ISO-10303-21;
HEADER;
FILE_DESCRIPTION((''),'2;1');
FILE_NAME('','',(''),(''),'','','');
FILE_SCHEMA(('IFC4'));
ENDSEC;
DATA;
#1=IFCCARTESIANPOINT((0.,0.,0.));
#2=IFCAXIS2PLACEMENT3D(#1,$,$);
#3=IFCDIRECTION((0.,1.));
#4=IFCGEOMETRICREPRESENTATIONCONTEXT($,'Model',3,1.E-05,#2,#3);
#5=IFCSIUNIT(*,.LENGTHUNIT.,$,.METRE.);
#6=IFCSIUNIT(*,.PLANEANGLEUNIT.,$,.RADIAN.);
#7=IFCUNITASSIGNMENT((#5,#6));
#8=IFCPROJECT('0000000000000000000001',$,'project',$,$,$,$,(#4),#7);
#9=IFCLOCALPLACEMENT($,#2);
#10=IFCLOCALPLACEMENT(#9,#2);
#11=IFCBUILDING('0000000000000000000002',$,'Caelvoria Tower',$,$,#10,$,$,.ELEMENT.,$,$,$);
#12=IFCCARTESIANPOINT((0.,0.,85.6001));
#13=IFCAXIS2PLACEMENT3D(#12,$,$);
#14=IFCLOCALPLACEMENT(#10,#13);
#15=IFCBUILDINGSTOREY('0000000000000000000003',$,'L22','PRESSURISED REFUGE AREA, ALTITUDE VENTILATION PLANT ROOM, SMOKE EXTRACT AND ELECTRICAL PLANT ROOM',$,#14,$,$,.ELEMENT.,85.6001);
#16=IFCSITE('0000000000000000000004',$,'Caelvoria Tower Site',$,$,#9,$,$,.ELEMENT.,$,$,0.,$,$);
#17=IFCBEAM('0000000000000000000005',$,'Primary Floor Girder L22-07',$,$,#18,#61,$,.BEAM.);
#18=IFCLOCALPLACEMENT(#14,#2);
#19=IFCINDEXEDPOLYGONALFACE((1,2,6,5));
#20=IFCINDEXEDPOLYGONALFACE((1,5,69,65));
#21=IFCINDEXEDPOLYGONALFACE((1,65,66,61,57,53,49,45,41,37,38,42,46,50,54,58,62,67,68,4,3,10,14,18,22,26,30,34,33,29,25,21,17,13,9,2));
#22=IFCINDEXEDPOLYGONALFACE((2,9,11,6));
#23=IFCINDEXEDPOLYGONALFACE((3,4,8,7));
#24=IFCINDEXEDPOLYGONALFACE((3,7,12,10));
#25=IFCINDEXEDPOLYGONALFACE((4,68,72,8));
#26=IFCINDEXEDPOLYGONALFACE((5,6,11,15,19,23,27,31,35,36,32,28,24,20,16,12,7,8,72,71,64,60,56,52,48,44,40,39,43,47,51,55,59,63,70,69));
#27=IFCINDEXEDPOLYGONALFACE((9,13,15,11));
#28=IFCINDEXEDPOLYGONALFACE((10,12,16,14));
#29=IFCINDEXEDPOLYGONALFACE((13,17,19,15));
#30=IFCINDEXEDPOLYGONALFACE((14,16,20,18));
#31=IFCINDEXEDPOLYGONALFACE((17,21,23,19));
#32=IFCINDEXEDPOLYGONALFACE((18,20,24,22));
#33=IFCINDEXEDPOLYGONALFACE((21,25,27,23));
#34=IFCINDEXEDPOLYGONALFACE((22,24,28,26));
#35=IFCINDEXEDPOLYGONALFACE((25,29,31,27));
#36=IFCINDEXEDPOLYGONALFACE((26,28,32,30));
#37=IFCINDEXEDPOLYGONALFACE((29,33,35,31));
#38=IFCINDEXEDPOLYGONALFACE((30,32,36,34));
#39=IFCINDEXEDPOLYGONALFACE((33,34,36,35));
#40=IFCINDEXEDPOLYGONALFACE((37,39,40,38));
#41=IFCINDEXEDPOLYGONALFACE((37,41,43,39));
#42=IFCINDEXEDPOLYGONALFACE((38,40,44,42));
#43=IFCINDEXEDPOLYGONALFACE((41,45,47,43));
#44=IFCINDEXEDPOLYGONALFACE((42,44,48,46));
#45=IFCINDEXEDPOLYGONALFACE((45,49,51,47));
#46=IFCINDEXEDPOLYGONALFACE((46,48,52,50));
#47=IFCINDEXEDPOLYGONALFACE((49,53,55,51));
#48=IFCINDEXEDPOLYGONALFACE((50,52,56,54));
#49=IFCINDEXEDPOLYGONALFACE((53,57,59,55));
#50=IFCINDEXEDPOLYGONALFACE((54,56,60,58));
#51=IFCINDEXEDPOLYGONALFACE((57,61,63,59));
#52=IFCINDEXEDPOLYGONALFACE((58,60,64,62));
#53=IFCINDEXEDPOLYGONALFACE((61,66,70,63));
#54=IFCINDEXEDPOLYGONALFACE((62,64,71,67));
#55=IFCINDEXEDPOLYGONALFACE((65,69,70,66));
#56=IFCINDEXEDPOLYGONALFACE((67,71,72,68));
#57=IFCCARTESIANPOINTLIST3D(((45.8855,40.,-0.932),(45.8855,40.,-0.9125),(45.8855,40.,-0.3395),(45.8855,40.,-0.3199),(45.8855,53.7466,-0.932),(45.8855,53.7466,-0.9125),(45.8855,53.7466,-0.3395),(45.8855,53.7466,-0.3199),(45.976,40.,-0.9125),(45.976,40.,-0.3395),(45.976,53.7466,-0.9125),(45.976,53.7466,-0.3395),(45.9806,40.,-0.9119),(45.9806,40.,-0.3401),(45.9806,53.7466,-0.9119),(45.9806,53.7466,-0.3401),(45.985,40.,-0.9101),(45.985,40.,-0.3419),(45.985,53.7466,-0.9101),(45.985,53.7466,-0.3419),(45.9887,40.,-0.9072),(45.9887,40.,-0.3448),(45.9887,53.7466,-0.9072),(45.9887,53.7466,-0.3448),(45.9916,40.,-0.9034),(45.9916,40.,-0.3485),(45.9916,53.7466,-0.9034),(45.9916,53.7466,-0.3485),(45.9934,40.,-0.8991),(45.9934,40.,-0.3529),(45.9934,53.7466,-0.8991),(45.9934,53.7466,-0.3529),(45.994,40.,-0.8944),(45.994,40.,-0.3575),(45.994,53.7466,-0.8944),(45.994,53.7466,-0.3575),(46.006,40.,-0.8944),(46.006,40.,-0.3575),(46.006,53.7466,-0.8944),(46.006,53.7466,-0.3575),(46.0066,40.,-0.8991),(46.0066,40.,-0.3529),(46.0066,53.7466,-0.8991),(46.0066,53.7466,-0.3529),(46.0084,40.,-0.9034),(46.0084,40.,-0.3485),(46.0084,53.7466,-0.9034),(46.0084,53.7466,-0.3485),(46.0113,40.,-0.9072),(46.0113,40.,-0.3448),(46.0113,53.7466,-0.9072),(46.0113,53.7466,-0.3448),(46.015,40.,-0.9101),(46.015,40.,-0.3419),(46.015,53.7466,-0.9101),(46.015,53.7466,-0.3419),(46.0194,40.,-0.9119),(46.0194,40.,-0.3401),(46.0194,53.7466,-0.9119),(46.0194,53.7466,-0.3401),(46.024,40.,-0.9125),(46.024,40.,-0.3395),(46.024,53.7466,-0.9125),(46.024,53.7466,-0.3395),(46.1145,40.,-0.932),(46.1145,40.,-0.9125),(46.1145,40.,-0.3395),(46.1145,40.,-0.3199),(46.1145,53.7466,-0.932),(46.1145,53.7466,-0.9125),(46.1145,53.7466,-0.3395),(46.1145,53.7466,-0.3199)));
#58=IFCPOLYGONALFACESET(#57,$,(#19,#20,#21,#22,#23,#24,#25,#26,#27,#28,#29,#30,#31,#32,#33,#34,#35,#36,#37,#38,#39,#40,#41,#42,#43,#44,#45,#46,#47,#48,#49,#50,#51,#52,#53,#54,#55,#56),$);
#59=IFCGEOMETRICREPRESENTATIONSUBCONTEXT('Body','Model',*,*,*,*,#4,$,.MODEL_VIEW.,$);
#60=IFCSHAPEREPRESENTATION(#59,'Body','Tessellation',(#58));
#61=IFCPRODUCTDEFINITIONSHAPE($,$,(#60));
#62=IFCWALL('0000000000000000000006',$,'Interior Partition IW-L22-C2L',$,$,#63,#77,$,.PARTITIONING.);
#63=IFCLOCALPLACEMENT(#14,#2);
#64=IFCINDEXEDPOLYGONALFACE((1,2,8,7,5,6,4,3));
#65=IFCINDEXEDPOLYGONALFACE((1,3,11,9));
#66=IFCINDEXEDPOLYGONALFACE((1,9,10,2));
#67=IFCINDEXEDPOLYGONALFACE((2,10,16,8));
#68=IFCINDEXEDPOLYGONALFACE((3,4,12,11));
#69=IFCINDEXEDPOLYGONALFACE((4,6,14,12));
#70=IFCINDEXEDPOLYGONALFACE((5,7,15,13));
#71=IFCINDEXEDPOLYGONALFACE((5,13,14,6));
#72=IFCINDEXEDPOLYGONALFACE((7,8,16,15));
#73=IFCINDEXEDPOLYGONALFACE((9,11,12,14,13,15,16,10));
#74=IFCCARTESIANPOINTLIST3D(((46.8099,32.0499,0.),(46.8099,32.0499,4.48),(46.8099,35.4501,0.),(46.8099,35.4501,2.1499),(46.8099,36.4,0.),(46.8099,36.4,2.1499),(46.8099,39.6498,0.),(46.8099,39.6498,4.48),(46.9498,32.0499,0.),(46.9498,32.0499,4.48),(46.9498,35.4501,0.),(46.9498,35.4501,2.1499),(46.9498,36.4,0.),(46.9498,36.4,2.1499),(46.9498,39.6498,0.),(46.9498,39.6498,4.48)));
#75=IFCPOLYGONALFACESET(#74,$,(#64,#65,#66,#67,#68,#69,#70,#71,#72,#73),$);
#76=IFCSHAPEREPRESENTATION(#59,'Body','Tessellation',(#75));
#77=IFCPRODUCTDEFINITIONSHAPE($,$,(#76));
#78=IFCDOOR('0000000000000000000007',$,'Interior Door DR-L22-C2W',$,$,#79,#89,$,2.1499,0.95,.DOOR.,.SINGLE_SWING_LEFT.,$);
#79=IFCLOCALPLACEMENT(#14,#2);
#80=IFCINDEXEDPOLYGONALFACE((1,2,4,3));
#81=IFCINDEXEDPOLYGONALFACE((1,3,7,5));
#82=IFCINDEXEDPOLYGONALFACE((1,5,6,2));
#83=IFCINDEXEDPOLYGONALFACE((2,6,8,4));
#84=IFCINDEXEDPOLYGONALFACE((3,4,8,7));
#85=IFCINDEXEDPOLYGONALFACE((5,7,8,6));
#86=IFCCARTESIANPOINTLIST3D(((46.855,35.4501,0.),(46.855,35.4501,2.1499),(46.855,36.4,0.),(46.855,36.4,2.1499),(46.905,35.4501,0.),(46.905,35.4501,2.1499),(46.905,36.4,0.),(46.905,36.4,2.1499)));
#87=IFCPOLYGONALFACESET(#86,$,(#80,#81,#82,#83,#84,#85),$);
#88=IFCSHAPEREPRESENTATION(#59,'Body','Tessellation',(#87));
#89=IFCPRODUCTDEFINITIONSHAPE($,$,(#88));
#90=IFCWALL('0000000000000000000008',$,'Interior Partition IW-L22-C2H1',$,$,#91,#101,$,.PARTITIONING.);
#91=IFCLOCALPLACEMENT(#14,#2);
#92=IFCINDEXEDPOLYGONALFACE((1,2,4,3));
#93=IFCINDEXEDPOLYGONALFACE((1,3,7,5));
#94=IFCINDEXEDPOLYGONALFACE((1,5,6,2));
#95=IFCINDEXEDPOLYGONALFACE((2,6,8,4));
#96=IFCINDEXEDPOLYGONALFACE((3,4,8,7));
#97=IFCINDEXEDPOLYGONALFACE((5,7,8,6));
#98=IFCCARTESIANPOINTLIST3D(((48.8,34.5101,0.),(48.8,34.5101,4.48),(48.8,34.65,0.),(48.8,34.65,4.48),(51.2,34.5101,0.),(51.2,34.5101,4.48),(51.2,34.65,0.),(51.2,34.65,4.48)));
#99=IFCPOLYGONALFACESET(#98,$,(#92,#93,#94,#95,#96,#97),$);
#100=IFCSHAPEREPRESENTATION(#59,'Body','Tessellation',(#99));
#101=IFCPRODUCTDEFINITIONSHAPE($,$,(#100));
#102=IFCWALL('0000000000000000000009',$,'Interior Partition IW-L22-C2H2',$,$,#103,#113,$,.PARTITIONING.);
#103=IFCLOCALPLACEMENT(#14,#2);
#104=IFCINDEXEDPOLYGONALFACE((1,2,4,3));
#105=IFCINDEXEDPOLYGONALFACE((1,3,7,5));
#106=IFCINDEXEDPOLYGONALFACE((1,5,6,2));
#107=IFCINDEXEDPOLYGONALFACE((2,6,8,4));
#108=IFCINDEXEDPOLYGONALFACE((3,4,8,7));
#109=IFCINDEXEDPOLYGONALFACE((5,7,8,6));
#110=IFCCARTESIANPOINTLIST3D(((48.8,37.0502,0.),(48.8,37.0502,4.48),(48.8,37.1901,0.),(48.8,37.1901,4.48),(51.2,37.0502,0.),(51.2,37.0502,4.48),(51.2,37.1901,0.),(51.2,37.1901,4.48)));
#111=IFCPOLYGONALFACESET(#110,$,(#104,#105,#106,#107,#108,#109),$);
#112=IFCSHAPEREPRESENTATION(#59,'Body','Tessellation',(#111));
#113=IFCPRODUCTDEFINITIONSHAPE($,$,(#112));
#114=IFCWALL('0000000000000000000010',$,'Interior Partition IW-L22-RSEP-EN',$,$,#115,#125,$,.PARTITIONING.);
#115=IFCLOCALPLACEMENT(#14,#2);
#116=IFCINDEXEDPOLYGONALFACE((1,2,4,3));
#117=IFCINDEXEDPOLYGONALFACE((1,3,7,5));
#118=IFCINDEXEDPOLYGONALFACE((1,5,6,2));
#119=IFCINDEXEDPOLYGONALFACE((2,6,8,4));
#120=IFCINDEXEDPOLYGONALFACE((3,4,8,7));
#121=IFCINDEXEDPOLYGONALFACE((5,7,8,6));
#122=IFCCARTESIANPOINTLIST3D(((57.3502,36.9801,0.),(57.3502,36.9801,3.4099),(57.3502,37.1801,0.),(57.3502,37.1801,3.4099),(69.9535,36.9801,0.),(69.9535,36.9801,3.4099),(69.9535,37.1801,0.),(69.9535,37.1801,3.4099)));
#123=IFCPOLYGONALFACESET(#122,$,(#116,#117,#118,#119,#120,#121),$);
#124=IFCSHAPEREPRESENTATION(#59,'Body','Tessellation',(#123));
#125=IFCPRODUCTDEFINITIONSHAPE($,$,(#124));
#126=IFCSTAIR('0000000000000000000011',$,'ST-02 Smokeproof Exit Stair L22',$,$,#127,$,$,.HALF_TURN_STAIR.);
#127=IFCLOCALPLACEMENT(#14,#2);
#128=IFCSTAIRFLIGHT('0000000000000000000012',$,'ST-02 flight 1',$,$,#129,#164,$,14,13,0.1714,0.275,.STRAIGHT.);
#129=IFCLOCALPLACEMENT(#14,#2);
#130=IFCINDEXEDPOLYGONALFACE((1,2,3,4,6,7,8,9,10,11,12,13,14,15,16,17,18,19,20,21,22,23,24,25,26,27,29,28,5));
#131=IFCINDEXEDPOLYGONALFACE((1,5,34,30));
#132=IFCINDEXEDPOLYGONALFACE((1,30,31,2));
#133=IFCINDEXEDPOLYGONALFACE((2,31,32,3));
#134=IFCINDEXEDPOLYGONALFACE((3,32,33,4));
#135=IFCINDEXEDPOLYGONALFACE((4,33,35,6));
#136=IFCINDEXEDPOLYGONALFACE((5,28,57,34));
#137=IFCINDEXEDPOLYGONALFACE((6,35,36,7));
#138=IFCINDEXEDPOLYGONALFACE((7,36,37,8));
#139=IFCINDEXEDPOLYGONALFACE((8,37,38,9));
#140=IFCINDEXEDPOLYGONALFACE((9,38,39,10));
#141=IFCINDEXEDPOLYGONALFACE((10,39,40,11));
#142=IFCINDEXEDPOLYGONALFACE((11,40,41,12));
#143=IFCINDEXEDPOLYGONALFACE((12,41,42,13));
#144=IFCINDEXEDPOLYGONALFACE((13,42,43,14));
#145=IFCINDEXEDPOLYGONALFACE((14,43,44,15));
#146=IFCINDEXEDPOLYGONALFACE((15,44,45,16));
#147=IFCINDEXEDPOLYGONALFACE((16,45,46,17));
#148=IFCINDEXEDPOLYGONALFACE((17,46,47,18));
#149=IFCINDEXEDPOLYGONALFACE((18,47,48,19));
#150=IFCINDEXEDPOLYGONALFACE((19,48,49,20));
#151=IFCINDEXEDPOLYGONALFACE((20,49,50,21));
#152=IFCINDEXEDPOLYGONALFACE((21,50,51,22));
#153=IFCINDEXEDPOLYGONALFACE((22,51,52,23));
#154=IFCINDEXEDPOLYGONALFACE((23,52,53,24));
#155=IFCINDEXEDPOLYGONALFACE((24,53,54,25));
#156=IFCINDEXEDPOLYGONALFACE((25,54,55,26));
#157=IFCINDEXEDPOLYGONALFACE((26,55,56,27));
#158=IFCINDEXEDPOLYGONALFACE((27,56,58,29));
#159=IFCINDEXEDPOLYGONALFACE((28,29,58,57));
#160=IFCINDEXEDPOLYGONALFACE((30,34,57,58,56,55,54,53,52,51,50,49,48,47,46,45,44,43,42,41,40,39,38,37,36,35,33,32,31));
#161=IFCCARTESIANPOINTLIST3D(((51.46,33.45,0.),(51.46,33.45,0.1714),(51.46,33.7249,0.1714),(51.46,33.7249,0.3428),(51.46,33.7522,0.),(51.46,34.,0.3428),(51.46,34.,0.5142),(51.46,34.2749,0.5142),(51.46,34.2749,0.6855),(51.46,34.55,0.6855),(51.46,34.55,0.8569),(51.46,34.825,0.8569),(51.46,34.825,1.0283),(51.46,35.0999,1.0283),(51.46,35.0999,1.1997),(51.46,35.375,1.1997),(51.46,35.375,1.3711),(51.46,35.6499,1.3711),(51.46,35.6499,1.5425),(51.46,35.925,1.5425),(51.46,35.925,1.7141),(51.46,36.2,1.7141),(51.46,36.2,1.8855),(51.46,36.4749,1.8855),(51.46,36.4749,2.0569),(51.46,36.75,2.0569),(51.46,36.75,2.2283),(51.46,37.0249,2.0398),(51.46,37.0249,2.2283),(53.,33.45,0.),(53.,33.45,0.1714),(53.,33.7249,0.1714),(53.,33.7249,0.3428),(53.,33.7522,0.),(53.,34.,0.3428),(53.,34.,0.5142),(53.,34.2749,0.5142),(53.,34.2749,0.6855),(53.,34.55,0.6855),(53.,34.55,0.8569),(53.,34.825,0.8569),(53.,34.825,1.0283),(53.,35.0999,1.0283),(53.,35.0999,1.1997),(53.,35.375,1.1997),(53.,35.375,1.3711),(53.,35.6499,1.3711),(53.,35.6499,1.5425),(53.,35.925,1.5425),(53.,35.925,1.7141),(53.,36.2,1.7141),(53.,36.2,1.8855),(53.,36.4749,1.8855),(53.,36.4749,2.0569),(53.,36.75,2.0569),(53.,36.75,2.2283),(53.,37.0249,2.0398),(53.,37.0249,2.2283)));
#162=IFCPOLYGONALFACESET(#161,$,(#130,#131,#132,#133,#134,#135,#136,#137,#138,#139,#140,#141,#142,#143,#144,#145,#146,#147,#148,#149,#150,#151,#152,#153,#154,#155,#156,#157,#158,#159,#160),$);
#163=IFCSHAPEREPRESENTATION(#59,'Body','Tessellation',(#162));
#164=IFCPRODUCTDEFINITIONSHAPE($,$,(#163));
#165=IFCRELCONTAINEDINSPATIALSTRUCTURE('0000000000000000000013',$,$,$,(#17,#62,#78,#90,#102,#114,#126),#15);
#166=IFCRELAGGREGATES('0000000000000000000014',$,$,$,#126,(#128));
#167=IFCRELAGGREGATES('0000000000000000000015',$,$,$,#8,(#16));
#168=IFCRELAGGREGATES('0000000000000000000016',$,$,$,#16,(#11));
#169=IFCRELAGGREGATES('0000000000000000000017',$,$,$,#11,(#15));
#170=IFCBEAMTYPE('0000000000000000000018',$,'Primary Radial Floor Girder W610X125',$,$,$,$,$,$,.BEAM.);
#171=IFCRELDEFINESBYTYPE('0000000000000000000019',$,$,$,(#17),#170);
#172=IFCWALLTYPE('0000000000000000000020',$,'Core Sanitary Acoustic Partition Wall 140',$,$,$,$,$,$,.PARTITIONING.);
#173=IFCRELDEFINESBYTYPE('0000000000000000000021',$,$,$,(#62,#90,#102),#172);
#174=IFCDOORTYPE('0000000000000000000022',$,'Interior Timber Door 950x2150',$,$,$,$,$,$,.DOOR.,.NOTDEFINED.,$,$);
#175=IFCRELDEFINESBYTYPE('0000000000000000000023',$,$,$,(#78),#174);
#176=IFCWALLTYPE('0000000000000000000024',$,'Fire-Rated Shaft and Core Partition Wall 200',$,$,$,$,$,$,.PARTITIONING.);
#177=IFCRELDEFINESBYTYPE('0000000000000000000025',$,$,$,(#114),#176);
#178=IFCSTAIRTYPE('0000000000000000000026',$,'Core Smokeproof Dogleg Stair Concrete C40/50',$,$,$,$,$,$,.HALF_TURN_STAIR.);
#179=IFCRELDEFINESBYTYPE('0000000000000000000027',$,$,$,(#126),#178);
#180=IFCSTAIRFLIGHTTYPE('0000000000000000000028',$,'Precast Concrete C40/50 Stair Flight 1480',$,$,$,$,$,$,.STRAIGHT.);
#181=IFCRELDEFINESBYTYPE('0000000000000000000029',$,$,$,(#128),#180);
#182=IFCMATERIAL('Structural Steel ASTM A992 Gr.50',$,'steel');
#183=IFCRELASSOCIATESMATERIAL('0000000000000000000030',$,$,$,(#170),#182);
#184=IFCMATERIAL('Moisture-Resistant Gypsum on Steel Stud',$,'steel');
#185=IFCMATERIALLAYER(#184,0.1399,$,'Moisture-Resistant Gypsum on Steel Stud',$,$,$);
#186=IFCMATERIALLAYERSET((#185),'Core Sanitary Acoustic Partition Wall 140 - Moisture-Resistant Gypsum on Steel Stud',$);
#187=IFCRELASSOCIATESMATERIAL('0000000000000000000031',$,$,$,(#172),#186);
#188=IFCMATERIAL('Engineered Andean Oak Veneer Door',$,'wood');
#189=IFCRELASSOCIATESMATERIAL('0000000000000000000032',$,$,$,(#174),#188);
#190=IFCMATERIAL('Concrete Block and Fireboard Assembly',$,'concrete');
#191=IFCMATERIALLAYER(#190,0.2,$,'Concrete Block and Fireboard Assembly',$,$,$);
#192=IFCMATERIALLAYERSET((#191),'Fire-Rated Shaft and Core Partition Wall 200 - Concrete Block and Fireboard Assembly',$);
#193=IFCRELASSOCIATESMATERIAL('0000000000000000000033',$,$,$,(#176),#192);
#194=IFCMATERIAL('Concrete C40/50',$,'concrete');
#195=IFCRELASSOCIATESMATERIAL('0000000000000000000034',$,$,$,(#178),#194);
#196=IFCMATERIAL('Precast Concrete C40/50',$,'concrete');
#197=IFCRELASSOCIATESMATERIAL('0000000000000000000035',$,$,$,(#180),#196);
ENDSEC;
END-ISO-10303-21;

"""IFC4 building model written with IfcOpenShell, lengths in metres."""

from ifc_helpers import new_model, si_unit, direction, frame, frame_2d, origin, origin_2d, place, context, subcontext, project, spatial, polyline, rectangle, i_section, outline, extrude, material, layer, layer_set, material_profile, profile_set, type_object, element, fill, aggregate, save


model = new_model("IFC4")

# Units and contexts
model_context = context("Model", 3, precision=1e-05, world=origin(), true_north=direction((0.0, 1.0)))
body_context = subcontext(model_context, "Body", "Model", "MODEL_VIEW")
ifc_project = project(units=[si_unit("LENGTHUNIT", "METRE"), si_unit("PLANEANGLEUNIT", "RADIAN")], contexts=[model_context])

# Site, building, storey
site_placement = place(None, origin())
site = spatial("IfcSite", under=ifc_project, at=site_placement, Name="Caelvoria Tower Site", CompositionType="ELEMENT", RefElevation=0.0)
building_placement = place(site_placement, origin())
building = spatial("IfcBuilding", under=site, at=building_placement, Name="Caelvoria Tower", CompositionType="ELEMENT")
storey_placement = place(building_placement, frame((0.0, 0.0, 85.6001)))
storey = spatial("IfcBuildingStorey", under=building, at=storey_placement, Name="L22", Description="PRESSURISED REFUGE AREA, ALTITUDE VENTILATION PLANT ROOM, SMOKE EXTRACT AND ELECTRICAL PLANT ROOM", CompositionType="ELEMENT", Elevation=85.6001)

# Shared definitions
ifc_material_1 = material(Name="Structural Steel ASTM A992 Gr.50", Category="steel")

# Beam
ifc_material_profile_1 = material_profile(ifc_material_1, i_section(OverallWidth=0.229, OverallDepth=0.6121, WebThickness=0.012, FlangeThickness=0.0195, FilletRadius=0.0181, at=origin_2d()), Name="Structural Steel ASTM A992 Gr.50")
ifc_profile_set_1 = profile_set([ifc_material_profile_1], Name="W610X125 - Structural Steel ASTM A992 Gr.50")
beam_type_1 = type_object("IfcBeamType", Name="Primary Radial Floor Girder W610X125", PredefinedType="BEAM", material=ifc_profile_set_1)
beam_1_placement = place(storey_placement, frame((46.0, 40.0, -0.626), z_axis=(0.0, 1.0, 0.0), x_axis=(-1.0, 0.0, 0.0)))
element("IfcBeam", 1, at=beam_1_placement, inside=storey, type_object=beam_type_1, Name="Primary Floor Girder L22-07", PredefinedType="BEAM", context=body_context, shape_type="SweptSolid", body=[
    extrude(i_section(OverallWidth=0.229, OverallDepth=0.6121, WebThickness=0.012, FlangeThickness=0.0195, FilletRadius=0.0181, at=origin_2d()), origin(), (0.0, 0.0, 1.0), 13.7466),
])

# Wall, opening, door
ifc_material_2 = material(Name="Moisture-Resistant Gypsum on Steel Stud", Category="steel")
ifc_layer_1 = layer(ifc_material_2, 0.1399, Name="Moisture-Resistant Gypsum on Steel Stud")
ifc_layer_set_1 = layer_set([ifc_layer_1], Name="Core Sanitary Acoustic Partition Wall 140 - Moisture-Resistant Gypsum on Steel Stud")
wall_type_1 = type_object("IfcWallType", Name="Core Sanitary Acoustic Partition Wall 140", PredefinedType="PARTITIONING", material=ifc_layer_set_1)
wall_1_placement = place(storey_placement, frame((46.8799, 32.05, 0.0), z_axis=(0.0, 0.0, 1.0), x_axis=(0.0, 1.0, 0.0)))
wall_1 = element("IfcWall", 2, at=wall_1_placement, inside=storey, type_object=wall_type_1, Name="Interior Partition IW-L22-C2L", PredefinedType="PARTITIONING", context=body_context, shape_type="SweptSolid", body=[
    extrude(rectangle(XDim=7.5999, YDim=0.1399, at=frame_2d((3.7998, 0.0))), origin(), (0.0, 0.0, 1.0), 4.48),
])
opening_1_placement = place(wall_1_placement, frame((3.3999, 0.0, 0.0)))
opening_1 = element("IfcOpeningElement", 3, at=opening_1_placement, cuts=wall_1, PredefinedType="OPENING", context=body_context, shape_type="SweptSolid", body=[
    extrude(rectangle(XDim=0.95, YDim=2.1499, at=frame_2d((0.4751, 1.075))), frame((0.0, 0.0798, 0.0), z_axis=(0.0, -1.0, 0.0), x_axis=(1.0, 0.0, 0.0)), (0.0, 0.0, 1.0), 0.1599),
])
ifc_material_3 = material(Name="Engineered Andean Oak Veneer Door", Category="wood")
door_type_1 = type_object("IfcDoorType", Name="Interior Timber Door 950x2150", OperationType="NOTDEFINED", PredefinedType="DOOR", material=ifc_material_3)
door_1_placement = place(opening_1_placement, origin())
door_1 = element("IfcDoor", 4, at=door_1_placement, inside=storey, type_object=door_type_1, Name="Interior Door DR-L22-C2W", OperationType="SINGLE_SWING_LEFT", OverallHeight=2.1499, OverallWidth=0.95, PredefinedType="DOOR", context=body_context, shape_type="SweptSolid", body=[
    extrude(rectangle(XDim=0.95, YDim=2.1499, at=frame_2d((0.4751, 1.075))), frame((0.0, 0.0249, 0.0), z_axis=(0.0, -1.0, 0.0), x_axis=(1.0, 0.0, 0.0)), (0.0, 0.0, 1.0), 0.05),
])
fill(opening_1, door_1)

# Walls
for number, where, z_axis, x_axis, name in (
    (5, (48.8, 34.5801, 0.0), (0.0, 0.0, 1.0), (1.0, 0.0, 0.0), "Interior Partition IW-L22-C2H1"),
    (6, (48.8, 37.1201, 0.0), (0.0, 0.0, 1.0), (1.0, 0.0, 0.0), "Interior Partition IW-L22-C2H2"),
):
    element("IfcWall", number, at=place(storey_placement, frame(where, z_axis=z_axis, x_axis=x_axis)), inside=storey, type_object=wall_type_1, Name=name, PredefinedType="PARTITIONING", context=body_context, shape_type="SweptSolid", body=[
        extrude(rectangle(XDim=2.3999, YDim=0.1399, at=frame_2d((1.2, 0.0))), origin(), (0.0, 0.0, 1.0), 4.48),
    ])
ifc_material_4 = material(Name="Concrete Block and Fireboard Assembly", Category="concrete")
ifc_layer_2 = layer(ifc_material_4, 0.2, Name="Concrete Block and Fireboard Assembly")
ifc_layer_set_2 = layer_set([ifc_layer_2], Name="Fire-Rated Shaft and Core Partition Wall 200 - Concrete Block and Fireboard Assembly")
wall_type_2 = type_object("IfcWallType", Name="Fire-Rated Shaft and Core Partition Wall 200", PredefinedType="PARTITIONING", material=ifc_layer_set_2)
wall_2_placement = place(storey_placement, frame((57.3501, 37.0801, 0.0), z_axis=(0.0, 0.0, 1.0), x_axis=(1.0, 0.0, 0.0)))
element("IfcWall", 7, at=wall_2_placement, inside=storey, type_object=wall_type_2, Name="Interior Partition IW-L22-RSEP-EN", PredefinedType="PARTITIONING", context=body_context, shape_type="SweptSolid", body=[
    extrude(rectangle(XDim=12.6033, YDim=0.2, at=frame_2d((6.3018, 0.0))), origin(), (0.0, 0.0, 1.0), 3.4099),
])

# Stair, stair flight
ifc_material_5 = material(Name="Concrete C40/50", Category="concrete")
stair_type = type_object("IfcStairType", Name="Core Smokeproof Dogleg Stair Concrete C40/50", PredefinedType="HALF_TURN_STAIR", material=ifc_material_5)
stair_placement = place(storey_placement, origin())
stair = element("IfcStair", 8, at=stair_placement, inside=storey, type_object=stair_type, Name="ST-02 Smokeproof Exit Stair L22", PredefinedType="HALF_TURN_STAIR")
ifc_material_6 = material(Name="Precast Concrete C40/50", Category="concrete")
stair_flight_type = type_object("IfcStairFlightType", Name="Precast Concrete C40/50 Stair Flight 1480", PredefinedType="STRAIGHT", material=ifc_material_6)
stair_flight_1_placement = place(storey_placement, frame((52.23, 33.45, 0.0), z_axis=(0.0, 0.0, 1.0), x_axis=(0.0, 1.0, 0.0)))
stair_flight_1 = element("IfcStairFlight", 9, at=stair_flight_1_placement, type_object=stair_flight_type, Name="ST-02 flight 1", NumberOfRisers=14, NumberOfTreads=13, PredefinedType="STRAIGHT", RiserHeight=0.1714, TreadLength=0.275, context=body_context, shape_type="SweptSolid", body=[
    extrude(outline(polyline([(0.0, 0.0), (0.0, 0.1714), (0.2749, 0.1714), (0.2749, 0.3428), (0.55, 0.3428), (0.55, 0.5142), (0.825, 0.5142), (0.825, 0.6855), (1.1001, 0.6855), (1.1001, 0.8569), (1.375, 0.8569), (1.375, 1.0283), (1.6499, 1.0283), (1.6499, 1.1997), (1.925, 1.1997), (1.925, 1.3711), (2.2, 1.3711), (2.2, 1.5425), (2.4751, 1.5425), (2.4751, 1.7141), (2.75, 1.7141), (2.75, 1.8855), (3.0249, 1.8855), (3.0249, 2.0569), (3.3, 2.0569), (3.3, 2.2283), (3.575, 2.2283), (3.575, 2.3997), (3.575, 2.0398), (0.3022, 0.0), (0.0, 0.0)])), frame((0.0, 0.77, 0.0), z_axis=(0.0, -1.0, 0.0), x_axis=(1.0, 0.0, 0.0)), (0.0, 0.0, 1.0), 1.54),
])
aggregate(stair, [stair_flight_1])

save(model, "model.ifc")
